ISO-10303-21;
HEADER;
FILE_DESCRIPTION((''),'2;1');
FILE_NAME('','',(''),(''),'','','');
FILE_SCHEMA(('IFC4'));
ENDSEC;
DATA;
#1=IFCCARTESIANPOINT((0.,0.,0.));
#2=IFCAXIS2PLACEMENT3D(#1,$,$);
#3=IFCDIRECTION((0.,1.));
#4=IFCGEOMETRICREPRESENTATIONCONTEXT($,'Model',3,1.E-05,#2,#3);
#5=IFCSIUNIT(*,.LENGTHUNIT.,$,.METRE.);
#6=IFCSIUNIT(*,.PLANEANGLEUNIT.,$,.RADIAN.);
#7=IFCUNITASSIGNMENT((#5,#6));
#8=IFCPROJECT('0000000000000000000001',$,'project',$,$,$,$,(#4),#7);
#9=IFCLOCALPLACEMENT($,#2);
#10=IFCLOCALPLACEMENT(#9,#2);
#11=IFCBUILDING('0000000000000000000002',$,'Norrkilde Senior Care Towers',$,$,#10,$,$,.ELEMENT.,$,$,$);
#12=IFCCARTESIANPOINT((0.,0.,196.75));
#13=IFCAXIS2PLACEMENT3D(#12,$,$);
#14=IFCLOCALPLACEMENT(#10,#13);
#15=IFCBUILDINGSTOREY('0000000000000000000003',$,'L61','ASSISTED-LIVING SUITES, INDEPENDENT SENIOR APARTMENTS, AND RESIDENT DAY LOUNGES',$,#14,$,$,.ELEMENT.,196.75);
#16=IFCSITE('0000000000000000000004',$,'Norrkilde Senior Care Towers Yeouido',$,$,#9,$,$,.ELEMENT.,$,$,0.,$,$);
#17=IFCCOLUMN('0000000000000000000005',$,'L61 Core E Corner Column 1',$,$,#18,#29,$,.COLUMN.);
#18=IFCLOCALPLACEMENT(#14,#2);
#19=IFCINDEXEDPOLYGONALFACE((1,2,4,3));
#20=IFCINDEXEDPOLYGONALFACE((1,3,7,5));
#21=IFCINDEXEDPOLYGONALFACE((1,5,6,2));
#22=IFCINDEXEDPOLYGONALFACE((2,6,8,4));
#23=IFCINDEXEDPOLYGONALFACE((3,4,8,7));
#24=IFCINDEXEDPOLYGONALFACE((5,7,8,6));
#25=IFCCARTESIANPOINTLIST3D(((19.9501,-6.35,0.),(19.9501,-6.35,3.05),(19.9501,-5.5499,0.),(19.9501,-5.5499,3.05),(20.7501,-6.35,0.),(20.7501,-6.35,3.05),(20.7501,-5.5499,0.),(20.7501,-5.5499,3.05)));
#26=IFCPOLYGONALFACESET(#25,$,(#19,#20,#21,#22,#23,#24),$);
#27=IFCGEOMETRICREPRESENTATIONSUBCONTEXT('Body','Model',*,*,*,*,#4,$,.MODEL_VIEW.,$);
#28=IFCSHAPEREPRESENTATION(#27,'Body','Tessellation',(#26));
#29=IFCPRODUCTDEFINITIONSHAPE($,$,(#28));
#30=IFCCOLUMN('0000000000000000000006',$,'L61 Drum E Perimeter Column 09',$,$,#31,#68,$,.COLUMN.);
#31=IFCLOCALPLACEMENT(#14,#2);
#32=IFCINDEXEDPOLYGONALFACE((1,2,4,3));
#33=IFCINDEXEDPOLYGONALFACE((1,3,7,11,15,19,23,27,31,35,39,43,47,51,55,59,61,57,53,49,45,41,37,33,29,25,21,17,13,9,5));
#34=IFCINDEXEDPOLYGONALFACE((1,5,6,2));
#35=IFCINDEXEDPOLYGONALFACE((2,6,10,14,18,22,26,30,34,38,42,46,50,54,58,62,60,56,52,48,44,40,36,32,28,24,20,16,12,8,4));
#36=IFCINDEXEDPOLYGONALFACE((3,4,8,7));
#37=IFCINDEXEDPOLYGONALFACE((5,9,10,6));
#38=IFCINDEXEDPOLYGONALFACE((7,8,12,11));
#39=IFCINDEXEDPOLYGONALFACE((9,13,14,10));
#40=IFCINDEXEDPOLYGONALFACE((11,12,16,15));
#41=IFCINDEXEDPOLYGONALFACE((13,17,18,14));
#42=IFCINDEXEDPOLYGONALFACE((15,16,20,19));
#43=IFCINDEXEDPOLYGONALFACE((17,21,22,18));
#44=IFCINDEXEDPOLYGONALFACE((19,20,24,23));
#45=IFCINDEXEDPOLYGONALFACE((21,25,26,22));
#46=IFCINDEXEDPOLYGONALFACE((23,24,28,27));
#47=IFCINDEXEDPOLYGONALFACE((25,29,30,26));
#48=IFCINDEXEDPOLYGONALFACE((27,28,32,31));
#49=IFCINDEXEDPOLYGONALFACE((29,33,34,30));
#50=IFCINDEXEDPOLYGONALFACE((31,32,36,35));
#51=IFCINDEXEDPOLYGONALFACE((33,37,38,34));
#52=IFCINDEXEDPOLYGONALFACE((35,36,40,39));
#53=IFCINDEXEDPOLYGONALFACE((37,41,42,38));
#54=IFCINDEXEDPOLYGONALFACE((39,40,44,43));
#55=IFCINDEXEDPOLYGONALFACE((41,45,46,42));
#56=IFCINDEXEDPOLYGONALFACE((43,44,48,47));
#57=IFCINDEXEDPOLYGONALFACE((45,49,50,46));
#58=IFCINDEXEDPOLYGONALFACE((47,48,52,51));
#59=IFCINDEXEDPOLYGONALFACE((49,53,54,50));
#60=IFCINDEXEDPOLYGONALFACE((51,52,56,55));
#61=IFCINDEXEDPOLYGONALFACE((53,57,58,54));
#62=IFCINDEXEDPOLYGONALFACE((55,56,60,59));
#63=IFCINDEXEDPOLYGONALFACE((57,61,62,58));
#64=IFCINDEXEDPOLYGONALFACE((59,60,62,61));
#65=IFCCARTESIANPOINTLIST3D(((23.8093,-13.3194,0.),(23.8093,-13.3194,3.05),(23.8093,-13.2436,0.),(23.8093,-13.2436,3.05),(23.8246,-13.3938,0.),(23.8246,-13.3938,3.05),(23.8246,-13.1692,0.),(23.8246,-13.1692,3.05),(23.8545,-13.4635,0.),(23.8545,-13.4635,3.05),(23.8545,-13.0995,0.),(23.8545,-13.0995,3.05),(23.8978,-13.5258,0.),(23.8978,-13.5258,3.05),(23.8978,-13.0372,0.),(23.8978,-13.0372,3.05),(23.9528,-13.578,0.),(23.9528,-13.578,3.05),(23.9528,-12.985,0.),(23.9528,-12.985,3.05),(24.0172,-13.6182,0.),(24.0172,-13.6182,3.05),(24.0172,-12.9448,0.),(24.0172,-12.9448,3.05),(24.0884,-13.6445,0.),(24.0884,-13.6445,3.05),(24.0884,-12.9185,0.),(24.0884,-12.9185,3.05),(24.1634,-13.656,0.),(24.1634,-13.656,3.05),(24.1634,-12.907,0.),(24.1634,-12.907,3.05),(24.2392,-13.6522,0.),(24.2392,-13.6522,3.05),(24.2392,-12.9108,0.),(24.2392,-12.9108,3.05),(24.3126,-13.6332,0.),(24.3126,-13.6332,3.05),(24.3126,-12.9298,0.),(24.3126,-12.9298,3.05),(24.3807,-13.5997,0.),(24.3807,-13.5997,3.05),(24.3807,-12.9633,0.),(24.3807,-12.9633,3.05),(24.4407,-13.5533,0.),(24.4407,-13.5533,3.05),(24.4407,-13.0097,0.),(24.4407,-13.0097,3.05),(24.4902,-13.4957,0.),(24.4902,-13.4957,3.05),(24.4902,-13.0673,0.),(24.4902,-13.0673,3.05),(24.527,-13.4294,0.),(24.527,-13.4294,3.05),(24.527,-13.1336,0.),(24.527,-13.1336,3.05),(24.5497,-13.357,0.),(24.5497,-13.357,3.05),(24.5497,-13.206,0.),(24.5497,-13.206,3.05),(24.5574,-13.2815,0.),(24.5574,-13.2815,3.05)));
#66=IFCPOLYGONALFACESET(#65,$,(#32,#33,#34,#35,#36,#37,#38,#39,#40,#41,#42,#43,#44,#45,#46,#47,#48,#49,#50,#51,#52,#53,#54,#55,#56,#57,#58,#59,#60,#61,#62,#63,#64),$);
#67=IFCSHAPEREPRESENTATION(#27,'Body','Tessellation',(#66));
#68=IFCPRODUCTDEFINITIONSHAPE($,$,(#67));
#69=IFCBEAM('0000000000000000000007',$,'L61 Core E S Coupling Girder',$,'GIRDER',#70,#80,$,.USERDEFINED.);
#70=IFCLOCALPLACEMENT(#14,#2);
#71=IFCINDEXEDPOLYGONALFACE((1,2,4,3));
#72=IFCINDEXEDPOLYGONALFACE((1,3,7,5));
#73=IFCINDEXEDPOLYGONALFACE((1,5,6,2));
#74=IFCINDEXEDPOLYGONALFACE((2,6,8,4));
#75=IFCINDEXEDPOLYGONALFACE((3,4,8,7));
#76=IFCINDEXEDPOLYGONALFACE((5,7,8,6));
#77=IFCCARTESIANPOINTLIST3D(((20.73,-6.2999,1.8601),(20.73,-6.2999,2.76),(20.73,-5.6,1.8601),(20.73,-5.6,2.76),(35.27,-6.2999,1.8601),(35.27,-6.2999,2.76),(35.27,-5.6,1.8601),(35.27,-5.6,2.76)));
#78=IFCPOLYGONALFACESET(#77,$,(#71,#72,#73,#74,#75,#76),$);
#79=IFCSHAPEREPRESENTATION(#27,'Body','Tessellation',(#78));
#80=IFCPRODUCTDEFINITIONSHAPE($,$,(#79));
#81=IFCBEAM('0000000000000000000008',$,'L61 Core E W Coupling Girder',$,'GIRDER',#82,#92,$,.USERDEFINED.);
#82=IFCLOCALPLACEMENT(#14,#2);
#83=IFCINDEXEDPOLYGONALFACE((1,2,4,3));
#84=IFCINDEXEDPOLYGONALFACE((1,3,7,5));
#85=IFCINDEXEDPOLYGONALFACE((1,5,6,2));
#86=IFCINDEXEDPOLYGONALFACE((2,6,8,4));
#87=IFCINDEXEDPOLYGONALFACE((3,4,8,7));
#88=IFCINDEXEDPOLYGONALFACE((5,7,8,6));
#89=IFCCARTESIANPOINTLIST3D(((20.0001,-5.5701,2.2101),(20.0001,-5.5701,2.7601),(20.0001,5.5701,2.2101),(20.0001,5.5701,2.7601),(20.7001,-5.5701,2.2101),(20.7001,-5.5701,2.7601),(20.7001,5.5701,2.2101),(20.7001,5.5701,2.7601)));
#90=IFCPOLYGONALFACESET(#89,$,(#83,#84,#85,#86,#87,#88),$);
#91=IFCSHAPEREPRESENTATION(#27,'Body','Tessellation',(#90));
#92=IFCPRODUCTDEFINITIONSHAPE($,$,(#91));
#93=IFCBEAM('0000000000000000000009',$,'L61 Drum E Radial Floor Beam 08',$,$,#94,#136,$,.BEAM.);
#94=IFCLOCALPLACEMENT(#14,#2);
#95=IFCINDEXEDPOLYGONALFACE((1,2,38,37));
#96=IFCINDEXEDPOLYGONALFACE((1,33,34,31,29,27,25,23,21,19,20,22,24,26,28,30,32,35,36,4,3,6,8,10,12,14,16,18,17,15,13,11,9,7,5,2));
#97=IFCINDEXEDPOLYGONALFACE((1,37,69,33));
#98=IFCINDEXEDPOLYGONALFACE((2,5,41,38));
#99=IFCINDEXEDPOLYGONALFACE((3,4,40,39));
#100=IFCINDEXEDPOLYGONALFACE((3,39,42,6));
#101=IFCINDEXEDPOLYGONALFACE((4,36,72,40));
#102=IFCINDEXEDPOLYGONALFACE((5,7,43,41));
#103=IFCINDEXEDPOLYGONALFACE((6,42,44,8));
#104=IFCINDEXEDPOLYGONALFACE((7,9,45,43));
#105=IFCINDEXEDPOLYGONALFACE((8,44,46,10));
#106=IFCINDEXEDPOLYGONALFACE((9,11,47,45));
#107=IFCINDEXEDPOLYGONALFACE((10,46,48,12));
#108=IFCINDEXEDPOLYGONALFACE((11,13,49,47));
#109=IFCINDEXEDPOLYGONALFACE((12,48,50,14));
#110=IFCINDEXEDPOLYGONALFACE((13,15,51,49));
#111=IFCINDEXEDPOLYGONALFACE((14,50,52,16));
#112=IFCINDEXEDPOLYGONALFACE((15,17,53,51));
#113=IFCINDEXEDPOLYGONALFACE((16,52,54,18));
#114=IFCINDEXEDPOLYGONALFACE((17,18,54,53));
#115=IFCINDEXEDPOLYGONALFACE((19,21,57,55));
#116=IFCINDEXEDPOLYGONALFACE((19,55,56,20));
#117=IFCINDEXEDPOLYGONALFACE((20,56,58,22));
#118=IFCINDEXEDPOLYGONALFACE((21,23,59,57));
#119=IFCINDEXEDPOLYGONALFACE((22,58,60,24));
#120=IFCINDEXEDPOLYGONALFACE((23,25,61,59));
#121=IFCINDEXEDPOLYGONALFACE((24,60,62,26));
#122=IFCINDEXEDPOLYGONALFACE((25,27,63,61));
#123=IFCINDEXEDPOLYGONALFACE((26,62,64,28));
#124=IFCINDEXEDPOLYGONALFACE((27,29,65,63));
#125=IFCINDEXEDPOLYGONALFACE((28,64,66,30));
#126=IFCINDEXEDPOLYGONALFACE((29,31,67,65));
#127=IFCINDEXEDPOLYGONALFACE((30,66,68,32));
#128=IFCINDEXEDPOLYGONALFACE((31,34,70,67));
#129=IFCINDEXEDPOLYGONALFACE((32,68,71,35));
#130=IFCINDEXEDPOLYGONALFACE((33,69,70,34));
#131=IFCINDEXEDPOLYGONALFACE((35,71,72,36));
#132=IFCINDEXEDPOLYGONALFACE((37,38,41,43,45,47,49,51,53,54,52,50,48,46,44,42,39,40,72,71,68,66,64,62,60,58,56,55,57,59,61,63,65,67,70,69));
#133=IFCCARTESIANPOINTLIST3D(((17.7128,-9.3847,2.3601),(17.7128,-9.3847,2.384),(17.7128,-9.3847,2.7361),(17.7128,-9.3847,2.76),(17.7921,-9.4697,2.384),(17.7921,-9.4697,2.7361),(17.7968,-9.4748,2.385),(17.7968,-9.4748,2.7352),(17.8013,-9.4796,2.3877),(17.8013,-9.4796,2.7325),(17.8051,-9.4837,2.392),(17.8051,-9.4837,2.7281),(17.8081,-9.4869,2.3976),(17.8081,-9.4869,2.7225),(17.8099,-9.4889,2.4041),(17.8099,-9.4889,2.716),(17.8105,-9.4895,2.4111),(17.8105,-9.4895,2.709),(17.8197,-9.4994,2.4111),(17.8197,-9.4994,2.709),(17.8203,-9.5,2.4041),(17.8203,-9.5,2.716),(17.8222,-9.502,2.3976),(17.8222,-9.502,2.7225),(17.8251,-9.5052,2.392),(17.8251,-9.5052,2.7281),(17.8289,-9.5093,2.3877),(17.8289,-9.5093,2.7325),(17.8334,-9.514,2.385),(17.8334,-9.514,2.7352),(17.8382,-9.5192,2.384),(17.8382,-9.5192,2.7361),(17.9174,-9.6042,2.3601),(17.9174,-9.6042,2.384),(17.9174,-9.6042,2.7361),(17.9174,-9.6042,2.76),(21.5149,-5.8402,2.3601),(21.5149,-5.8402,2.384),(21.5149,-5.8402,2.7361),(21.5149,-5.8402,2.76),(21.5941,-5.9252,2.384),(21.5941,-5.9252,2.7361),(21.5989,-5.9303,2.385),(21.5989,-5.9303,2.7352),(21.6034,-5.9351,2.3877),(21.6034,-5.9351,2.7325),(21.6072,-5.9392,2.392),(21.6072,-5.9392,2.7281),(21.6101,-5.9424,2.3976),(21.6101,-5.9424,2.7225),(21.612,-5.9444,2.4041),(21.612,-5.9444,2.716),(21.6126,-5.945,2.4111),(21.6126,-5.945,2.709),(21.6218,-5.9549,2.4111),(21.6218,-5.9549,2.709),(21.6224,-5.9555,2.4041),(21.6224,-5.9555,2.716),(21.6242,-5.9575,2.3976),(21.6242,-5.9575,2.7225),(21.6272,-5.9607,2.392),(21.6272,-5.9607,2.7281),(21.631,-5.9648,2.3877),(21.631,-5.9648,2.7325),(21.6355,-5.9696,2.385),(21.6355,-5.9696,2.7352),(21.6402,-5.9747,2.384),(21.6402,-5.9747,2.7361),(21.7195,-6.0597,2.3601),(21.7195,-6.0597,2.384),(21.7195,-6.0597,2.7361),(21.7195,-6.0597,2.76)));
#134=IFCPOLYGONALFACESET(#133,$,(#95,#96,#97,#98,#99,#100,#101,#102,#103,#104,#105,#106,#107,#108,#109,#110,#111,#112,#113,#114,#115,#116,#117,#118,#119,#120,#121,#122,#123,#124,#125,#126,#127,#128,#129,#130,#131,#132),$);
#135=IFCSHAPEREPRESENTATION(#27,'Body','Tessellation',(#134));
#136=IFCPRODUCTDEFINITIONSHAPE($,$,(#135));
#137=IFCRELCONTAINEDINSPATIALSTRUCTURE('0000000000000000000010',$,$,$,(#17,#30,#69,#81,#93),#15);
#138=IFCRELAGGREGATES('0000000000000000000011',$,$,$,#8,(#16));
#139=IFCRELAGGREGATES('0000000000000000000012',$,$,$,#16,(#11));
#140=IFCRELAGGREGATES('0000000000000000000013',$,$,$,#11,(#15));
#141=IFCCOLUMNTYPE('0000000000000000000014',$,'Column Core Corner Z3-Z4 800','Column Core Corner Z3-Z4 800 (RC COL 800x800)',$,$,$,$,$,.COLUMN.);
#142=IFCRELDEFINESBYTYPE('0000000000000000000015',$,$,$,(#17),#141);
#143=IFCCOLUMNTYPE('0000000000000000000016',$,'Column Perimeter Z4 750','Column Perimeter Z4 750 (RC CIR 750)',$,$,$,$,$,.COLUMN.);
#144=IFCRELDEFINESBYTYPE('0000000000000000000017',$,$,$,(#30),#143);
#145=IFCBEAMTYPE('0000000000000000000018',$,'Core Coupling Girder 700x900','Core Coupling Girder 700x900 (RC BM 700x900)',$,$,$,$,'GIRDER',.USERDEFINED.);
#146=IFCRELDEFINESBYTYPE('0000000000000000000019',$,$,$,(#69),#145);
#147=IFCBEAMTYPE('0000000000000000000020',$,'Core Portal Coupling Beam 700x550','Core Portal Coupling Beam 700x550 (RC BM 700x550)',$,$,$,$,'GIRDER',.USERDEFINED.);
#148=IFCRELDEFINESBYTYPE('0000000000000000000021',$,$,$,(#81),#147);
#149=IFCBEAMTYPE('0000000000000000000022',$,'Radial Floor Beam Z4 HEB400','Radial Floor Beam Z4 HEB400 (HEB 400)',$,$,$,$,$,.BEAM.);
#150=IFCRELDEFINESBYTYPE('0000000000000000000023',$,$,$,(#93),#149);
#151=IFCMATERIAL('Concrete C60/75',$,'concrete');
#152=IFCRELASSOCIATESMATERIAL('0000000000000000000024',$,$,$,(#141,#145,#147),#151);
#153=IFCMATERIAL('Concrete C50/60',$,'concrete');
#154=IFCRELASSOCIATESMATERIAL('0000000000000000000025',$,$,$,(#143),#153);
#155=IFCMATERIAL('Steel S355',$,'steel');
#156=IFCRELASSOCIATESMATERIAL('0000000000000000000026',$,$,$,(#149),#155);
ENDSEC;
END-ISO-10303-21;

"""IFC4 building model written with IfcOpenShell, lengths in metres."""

from ifc_helpers import new_model, si_unit, direction, frame, origin, origin_2d, place, context, subcontext, project, spatial, rectangle, circle, i_section, extrude, source, transform, mapped, material, material_profile, profile_set, type_object, type_shapes, element, save


model = new_model("IFC4")

# Units and contexts
model_context = context("Model", 3, precision=1e-05, world=origin(), true_north=direction((0.0, 1.0)))
body_context = subcontext(model_context, "Body", "Model", "MODEL_VIEW")
ifc_project = project(units=[si_unit("LENGTHUNIT", "METRE"), si_unit("PLANEANGLEUNIT", "RADIAN")], contexts=[model_context])

# Site, building, storey
site_placement = place(None, origin())
site = spatial("IfcSite", under=ifc_project, at=site_placement, Name="Norrkilde Senior Care Towers Yeouido", CompositionType="ELEMENT", RefElevation=0.0)
building_placement = place(site_placement, origin())
building = spatial("IfcBuilding", under=site, at=building_placement, Name="Norrkilde Senior Care Towers", CompositionType="ELEMENT")
storey_placement = place(building_placement, frame((0.0, 0.0, 196.75)))
storey = spatial("IfcBuildingStorey", under=building, at=storey_placement, Name="L61", Description="ASSISTED-LIVING SUITES, INDEPENDENT SENIOR APARTMENTS, AND RESIDENT DAY LOUNGES", CompositionType="ELEMENT", Elevation=196.75)

# Columns
ifc_material_1 = material(Name="Concrete C60/75", Category="concrete")
ifc_material_profile_1 = material_profile(ifc_material_1, rectangle(XDim=0.8, YDim=0.8, at=origin_2d()), Name="RC COL 800x800")
ifc_profile_set_1 = profile_set([ifc_material_profile_1], Name="Concrete C60/75")
column_type_1 = type_object("IfcColumnType", Name="Column Core Corner Z3-Z4 800", Description="Column Core Corner Z3-Z4 800 (RC COL 800x800)", PredefinedType="COLUMN", material=ifc_profile_set_1)
shared_shape_1 = source(origin(), body_context, "Body", "SweptSolid", [
    extrude(rectangle(XDim=0.8, YDim=0.8, at=origin_2d()), origin(), (0.0, 0.0, 1.0), 3.05),
])
type_shapes(column_type_1, [shared_shape_1])
column_1_placement = place(storey_placement, frame((20.3501, -5.95, 0.0), z_axis=(0.0, 0.0, 1.0), x_axis=(1.0, 0.0, 0.0)))
element("IfcColumn", 1, at=column_1_placement, inside=storey, type_object=column_type_1, Name="L61 Core E Corner Column 1", PredefinedType="COLUMN", context=body_context, shape_type="MappedRepresentation", body=[
    mapped(shared_shape_1, transform((0.0, 0.0, 0.0), x_axis=(1.0, 0.0, 0.0), y_axis=(0.0, 1.0, 0.0), z_axis=(0.0, 0.0, 1.0), scale=1.0)),
])
ifc_material_2 = material(Name="Concrete C50/60", Category="concrete")
ifc_material_profile_2 = material_profile(ifc_material_2, circle(Radius=0.375, at=origin_2d()), Name="RC CIR 750")
ifc_profile_set_2 = profile_set([ifc_material_profile_2], Name="Concrete C50/60")
column_type_2 = type_object("IfcColumnType", Name="Column Perimeter Z4 750", Description="Column Perimeter Z4 750 (RC CIR 750)", PredefinedType="COLUMN", material=ifc_profile_set_2)
shared_shape_2 = source(origin(), body_context, "Body", "SweptSolid", [
    extrude(circle(Radius=0.375, at=origin_2d()), origin(), (0.0, 0.0, 1.0), 3.05),
])
type_shapes(column_type_2, [shared_shape_2])
column_2_placement = place(storey_placement, frame((24.1824, -13.2815, 0.0), z_axis=(0.0, 0.0, 1.0), x_axis=(1.0, 0.0, 0.0)))
element("IfcColumn", 2, at=column_2_placement, inside=storey, type_object=column_type_2, Name="L61 Drum E Perimeter Column 09", PredefinedType="COLUMN", context=body_context, shape_type="MappedRepresentation", body=[
    mapped(shared_shape_2, transform((0.0, 0.0, 0.0), x_axis=(1.0, 0.0, 0.0), y_axis=(0.0, 1.0, 0.0), z_axis=(0.0, 0.0, 1.0), scale=1.0)),
])

# Beams
ifc_material_profile_3 = material_profile(ifc_material_1, rectangle(XDim=0.7, YDim=0.8999, at=origin_2d()), Name="RC BM 700x900")
ifc_profile_set_3 = profile_set([ifc_material_profile_3], Name="Concrete C60/75")
beam_type_1 = type_object("IfcBeamType", Name="Core Coupling Girder 700x900", Description="Core Coupling Girder 700x900 (RC BM 700x900)", ElementType="GIRDER", PredefinedType="USERDEFINED", material=ifc_profile_set_3)
shared_shape_3 = source(origin(), body_context, "Body", "SweptSolid", [
    extrude(rectangle(XDim=0.7, YDim=0.8999, at=origin_2d()), origin(), (0.0, 0.0, 1.0), 14.54),
])
type_shapes(beam_type_1, [shared_shape_3])
beam_1_placement = place(storey_placement, frame((20.73, -5.95, 2.3101), z_axis=(1.0, 0.0, 0.0), x_axis=(0.0, 1.0, 0.0)))
element("IfcBeam", 3, at=beam_1_placement, inside=storey, type_object=beam_type_1, Name="L61 Core E S Coupling Girder", ObjectType="GIRDER", PredefinedType="USERDEFINED", context=body_context, shape_type="MappedRepresentation", body=[
    mapped(shared_shape_3, transform((0.0, 0.0, 0.0), x_axis=(1.0, 0.0, 0.0), y_axis=(0.0, 1.0, 0.0), z_axis=(0.0, 0.0, 1.0), scale=1.0)),
])
ifc_material_profile_4 = material_profile(ifc_material_1, rectangle(XDim=0.7, YDim=0.55, at=origin_2d()), Name="RC BM 700x550")
ifc_profile_set_4 = profile_set([ifc_material_profile_4], Name="Concrete C60/75")
beam_type_2 = type_object("IfcBeamType", Name="Core Portal Coupling Beam 700x550", Description="Core Portal Coupling Beam 700x550 (RC BM 700x550)", ElementType="GIRDER", PredefinedType="USERDEFINED", material=ifc_profile_set_4)
shared_shape_4 = source(origin(), body_context, "Body", "SweptSolid", [
    extrude(rectangle(XDim=0.7, YDim=0.55, at=origin_2d()), origin(), (0.0, 0.0, 1.0), 11.1401),
])
type_shapes(beam_type_2, [shared_shape_4])
beam_2_placement = place(storey_placement, frame((20.3501, -5.5701, 2.4851), z_axis=(0.0, 1.0, 0.0), x_axis=(-1.0, 0.0, 0.0)))
element("IfcBeam", 4, at=beam_2_placement, inside=storey, type_object=beam_type_2, Name="L61 Core E W Coupling Girder", ObjectType="GIRDER", PredefinedType="USERDEFINED", context=body_context, shape_type="MappedRepresentation", body=[
    mapped(shared_shape_4, transform((0.0, 0.0, 0.0), x_axis=(1.0, 0.0, 0.0), y_axis=(0.0, 1.0, 0.0), z_axis=(0.0, 0.0, 1.0), scale=1.0)),
])
ifc_material_3 = material(Name="Steel S355", Category="steel")
ifc_material_profile_5 = material_profile(ifc_material_3, i_section(OverallWidth=0.3, OverallDepth=0.3999, WebThickness=0.0134, FlangeThickness=0.0239, FilletRadius=0.0271, at=origin_2d()), Name="HEB 400")
ifc_profile_set_5 = profile_set([ifc_material_profile_5], Name="Steel S355")
beam_type_3 = type_object("IfcBeamType", Name="Radial Floor Beam Z4 HEB400", Description="Radial Floor Beam Z4 HEB400 (HEB 400)", PredefinedType="BEAM", material=ifc_profile_set_5)
shared_shape_5 = source(origin(), body_context, "Body", "SweptSolid", [
    extrude(i_section(OverallWidth=0.3, OverallDepth=0.3999, WebThickness=0.0134, FlangeThickness=0.0239, FilletRadius=0.0271, at=origin_2d()), origin(), (0.0, 0.0, 1.0), 5.198),
])
type_shapes(beam_type_3, [shared_shape_5])
beam_3_placement = place(storey_placement, frame((21.6172, -5.95, 2.5601), z_axis=(-0.731449, -0.681896, 0.0), x_axis=(0.681896, -0.731449, 0.0)))
element("IfcBeam", 5, at=beam_3_placement, inside=storey, type_object=beam_type_3, Name="L61 Drum E Radial Floor Beam 08", PredefinedType="BEAM", context=body_context, shape_type="MappedRepresentation", body=[
    mapped(shared_shape_5, transform((0.0, 0.0, 0.0), x_axis=(1.0, 0.0, 0.0), y_axis=(0.0, 1.0, 0.0), z_axis=(0.0, 0.0, 1.0), scale=1.0)),
])

save(model, "model.ifc")
